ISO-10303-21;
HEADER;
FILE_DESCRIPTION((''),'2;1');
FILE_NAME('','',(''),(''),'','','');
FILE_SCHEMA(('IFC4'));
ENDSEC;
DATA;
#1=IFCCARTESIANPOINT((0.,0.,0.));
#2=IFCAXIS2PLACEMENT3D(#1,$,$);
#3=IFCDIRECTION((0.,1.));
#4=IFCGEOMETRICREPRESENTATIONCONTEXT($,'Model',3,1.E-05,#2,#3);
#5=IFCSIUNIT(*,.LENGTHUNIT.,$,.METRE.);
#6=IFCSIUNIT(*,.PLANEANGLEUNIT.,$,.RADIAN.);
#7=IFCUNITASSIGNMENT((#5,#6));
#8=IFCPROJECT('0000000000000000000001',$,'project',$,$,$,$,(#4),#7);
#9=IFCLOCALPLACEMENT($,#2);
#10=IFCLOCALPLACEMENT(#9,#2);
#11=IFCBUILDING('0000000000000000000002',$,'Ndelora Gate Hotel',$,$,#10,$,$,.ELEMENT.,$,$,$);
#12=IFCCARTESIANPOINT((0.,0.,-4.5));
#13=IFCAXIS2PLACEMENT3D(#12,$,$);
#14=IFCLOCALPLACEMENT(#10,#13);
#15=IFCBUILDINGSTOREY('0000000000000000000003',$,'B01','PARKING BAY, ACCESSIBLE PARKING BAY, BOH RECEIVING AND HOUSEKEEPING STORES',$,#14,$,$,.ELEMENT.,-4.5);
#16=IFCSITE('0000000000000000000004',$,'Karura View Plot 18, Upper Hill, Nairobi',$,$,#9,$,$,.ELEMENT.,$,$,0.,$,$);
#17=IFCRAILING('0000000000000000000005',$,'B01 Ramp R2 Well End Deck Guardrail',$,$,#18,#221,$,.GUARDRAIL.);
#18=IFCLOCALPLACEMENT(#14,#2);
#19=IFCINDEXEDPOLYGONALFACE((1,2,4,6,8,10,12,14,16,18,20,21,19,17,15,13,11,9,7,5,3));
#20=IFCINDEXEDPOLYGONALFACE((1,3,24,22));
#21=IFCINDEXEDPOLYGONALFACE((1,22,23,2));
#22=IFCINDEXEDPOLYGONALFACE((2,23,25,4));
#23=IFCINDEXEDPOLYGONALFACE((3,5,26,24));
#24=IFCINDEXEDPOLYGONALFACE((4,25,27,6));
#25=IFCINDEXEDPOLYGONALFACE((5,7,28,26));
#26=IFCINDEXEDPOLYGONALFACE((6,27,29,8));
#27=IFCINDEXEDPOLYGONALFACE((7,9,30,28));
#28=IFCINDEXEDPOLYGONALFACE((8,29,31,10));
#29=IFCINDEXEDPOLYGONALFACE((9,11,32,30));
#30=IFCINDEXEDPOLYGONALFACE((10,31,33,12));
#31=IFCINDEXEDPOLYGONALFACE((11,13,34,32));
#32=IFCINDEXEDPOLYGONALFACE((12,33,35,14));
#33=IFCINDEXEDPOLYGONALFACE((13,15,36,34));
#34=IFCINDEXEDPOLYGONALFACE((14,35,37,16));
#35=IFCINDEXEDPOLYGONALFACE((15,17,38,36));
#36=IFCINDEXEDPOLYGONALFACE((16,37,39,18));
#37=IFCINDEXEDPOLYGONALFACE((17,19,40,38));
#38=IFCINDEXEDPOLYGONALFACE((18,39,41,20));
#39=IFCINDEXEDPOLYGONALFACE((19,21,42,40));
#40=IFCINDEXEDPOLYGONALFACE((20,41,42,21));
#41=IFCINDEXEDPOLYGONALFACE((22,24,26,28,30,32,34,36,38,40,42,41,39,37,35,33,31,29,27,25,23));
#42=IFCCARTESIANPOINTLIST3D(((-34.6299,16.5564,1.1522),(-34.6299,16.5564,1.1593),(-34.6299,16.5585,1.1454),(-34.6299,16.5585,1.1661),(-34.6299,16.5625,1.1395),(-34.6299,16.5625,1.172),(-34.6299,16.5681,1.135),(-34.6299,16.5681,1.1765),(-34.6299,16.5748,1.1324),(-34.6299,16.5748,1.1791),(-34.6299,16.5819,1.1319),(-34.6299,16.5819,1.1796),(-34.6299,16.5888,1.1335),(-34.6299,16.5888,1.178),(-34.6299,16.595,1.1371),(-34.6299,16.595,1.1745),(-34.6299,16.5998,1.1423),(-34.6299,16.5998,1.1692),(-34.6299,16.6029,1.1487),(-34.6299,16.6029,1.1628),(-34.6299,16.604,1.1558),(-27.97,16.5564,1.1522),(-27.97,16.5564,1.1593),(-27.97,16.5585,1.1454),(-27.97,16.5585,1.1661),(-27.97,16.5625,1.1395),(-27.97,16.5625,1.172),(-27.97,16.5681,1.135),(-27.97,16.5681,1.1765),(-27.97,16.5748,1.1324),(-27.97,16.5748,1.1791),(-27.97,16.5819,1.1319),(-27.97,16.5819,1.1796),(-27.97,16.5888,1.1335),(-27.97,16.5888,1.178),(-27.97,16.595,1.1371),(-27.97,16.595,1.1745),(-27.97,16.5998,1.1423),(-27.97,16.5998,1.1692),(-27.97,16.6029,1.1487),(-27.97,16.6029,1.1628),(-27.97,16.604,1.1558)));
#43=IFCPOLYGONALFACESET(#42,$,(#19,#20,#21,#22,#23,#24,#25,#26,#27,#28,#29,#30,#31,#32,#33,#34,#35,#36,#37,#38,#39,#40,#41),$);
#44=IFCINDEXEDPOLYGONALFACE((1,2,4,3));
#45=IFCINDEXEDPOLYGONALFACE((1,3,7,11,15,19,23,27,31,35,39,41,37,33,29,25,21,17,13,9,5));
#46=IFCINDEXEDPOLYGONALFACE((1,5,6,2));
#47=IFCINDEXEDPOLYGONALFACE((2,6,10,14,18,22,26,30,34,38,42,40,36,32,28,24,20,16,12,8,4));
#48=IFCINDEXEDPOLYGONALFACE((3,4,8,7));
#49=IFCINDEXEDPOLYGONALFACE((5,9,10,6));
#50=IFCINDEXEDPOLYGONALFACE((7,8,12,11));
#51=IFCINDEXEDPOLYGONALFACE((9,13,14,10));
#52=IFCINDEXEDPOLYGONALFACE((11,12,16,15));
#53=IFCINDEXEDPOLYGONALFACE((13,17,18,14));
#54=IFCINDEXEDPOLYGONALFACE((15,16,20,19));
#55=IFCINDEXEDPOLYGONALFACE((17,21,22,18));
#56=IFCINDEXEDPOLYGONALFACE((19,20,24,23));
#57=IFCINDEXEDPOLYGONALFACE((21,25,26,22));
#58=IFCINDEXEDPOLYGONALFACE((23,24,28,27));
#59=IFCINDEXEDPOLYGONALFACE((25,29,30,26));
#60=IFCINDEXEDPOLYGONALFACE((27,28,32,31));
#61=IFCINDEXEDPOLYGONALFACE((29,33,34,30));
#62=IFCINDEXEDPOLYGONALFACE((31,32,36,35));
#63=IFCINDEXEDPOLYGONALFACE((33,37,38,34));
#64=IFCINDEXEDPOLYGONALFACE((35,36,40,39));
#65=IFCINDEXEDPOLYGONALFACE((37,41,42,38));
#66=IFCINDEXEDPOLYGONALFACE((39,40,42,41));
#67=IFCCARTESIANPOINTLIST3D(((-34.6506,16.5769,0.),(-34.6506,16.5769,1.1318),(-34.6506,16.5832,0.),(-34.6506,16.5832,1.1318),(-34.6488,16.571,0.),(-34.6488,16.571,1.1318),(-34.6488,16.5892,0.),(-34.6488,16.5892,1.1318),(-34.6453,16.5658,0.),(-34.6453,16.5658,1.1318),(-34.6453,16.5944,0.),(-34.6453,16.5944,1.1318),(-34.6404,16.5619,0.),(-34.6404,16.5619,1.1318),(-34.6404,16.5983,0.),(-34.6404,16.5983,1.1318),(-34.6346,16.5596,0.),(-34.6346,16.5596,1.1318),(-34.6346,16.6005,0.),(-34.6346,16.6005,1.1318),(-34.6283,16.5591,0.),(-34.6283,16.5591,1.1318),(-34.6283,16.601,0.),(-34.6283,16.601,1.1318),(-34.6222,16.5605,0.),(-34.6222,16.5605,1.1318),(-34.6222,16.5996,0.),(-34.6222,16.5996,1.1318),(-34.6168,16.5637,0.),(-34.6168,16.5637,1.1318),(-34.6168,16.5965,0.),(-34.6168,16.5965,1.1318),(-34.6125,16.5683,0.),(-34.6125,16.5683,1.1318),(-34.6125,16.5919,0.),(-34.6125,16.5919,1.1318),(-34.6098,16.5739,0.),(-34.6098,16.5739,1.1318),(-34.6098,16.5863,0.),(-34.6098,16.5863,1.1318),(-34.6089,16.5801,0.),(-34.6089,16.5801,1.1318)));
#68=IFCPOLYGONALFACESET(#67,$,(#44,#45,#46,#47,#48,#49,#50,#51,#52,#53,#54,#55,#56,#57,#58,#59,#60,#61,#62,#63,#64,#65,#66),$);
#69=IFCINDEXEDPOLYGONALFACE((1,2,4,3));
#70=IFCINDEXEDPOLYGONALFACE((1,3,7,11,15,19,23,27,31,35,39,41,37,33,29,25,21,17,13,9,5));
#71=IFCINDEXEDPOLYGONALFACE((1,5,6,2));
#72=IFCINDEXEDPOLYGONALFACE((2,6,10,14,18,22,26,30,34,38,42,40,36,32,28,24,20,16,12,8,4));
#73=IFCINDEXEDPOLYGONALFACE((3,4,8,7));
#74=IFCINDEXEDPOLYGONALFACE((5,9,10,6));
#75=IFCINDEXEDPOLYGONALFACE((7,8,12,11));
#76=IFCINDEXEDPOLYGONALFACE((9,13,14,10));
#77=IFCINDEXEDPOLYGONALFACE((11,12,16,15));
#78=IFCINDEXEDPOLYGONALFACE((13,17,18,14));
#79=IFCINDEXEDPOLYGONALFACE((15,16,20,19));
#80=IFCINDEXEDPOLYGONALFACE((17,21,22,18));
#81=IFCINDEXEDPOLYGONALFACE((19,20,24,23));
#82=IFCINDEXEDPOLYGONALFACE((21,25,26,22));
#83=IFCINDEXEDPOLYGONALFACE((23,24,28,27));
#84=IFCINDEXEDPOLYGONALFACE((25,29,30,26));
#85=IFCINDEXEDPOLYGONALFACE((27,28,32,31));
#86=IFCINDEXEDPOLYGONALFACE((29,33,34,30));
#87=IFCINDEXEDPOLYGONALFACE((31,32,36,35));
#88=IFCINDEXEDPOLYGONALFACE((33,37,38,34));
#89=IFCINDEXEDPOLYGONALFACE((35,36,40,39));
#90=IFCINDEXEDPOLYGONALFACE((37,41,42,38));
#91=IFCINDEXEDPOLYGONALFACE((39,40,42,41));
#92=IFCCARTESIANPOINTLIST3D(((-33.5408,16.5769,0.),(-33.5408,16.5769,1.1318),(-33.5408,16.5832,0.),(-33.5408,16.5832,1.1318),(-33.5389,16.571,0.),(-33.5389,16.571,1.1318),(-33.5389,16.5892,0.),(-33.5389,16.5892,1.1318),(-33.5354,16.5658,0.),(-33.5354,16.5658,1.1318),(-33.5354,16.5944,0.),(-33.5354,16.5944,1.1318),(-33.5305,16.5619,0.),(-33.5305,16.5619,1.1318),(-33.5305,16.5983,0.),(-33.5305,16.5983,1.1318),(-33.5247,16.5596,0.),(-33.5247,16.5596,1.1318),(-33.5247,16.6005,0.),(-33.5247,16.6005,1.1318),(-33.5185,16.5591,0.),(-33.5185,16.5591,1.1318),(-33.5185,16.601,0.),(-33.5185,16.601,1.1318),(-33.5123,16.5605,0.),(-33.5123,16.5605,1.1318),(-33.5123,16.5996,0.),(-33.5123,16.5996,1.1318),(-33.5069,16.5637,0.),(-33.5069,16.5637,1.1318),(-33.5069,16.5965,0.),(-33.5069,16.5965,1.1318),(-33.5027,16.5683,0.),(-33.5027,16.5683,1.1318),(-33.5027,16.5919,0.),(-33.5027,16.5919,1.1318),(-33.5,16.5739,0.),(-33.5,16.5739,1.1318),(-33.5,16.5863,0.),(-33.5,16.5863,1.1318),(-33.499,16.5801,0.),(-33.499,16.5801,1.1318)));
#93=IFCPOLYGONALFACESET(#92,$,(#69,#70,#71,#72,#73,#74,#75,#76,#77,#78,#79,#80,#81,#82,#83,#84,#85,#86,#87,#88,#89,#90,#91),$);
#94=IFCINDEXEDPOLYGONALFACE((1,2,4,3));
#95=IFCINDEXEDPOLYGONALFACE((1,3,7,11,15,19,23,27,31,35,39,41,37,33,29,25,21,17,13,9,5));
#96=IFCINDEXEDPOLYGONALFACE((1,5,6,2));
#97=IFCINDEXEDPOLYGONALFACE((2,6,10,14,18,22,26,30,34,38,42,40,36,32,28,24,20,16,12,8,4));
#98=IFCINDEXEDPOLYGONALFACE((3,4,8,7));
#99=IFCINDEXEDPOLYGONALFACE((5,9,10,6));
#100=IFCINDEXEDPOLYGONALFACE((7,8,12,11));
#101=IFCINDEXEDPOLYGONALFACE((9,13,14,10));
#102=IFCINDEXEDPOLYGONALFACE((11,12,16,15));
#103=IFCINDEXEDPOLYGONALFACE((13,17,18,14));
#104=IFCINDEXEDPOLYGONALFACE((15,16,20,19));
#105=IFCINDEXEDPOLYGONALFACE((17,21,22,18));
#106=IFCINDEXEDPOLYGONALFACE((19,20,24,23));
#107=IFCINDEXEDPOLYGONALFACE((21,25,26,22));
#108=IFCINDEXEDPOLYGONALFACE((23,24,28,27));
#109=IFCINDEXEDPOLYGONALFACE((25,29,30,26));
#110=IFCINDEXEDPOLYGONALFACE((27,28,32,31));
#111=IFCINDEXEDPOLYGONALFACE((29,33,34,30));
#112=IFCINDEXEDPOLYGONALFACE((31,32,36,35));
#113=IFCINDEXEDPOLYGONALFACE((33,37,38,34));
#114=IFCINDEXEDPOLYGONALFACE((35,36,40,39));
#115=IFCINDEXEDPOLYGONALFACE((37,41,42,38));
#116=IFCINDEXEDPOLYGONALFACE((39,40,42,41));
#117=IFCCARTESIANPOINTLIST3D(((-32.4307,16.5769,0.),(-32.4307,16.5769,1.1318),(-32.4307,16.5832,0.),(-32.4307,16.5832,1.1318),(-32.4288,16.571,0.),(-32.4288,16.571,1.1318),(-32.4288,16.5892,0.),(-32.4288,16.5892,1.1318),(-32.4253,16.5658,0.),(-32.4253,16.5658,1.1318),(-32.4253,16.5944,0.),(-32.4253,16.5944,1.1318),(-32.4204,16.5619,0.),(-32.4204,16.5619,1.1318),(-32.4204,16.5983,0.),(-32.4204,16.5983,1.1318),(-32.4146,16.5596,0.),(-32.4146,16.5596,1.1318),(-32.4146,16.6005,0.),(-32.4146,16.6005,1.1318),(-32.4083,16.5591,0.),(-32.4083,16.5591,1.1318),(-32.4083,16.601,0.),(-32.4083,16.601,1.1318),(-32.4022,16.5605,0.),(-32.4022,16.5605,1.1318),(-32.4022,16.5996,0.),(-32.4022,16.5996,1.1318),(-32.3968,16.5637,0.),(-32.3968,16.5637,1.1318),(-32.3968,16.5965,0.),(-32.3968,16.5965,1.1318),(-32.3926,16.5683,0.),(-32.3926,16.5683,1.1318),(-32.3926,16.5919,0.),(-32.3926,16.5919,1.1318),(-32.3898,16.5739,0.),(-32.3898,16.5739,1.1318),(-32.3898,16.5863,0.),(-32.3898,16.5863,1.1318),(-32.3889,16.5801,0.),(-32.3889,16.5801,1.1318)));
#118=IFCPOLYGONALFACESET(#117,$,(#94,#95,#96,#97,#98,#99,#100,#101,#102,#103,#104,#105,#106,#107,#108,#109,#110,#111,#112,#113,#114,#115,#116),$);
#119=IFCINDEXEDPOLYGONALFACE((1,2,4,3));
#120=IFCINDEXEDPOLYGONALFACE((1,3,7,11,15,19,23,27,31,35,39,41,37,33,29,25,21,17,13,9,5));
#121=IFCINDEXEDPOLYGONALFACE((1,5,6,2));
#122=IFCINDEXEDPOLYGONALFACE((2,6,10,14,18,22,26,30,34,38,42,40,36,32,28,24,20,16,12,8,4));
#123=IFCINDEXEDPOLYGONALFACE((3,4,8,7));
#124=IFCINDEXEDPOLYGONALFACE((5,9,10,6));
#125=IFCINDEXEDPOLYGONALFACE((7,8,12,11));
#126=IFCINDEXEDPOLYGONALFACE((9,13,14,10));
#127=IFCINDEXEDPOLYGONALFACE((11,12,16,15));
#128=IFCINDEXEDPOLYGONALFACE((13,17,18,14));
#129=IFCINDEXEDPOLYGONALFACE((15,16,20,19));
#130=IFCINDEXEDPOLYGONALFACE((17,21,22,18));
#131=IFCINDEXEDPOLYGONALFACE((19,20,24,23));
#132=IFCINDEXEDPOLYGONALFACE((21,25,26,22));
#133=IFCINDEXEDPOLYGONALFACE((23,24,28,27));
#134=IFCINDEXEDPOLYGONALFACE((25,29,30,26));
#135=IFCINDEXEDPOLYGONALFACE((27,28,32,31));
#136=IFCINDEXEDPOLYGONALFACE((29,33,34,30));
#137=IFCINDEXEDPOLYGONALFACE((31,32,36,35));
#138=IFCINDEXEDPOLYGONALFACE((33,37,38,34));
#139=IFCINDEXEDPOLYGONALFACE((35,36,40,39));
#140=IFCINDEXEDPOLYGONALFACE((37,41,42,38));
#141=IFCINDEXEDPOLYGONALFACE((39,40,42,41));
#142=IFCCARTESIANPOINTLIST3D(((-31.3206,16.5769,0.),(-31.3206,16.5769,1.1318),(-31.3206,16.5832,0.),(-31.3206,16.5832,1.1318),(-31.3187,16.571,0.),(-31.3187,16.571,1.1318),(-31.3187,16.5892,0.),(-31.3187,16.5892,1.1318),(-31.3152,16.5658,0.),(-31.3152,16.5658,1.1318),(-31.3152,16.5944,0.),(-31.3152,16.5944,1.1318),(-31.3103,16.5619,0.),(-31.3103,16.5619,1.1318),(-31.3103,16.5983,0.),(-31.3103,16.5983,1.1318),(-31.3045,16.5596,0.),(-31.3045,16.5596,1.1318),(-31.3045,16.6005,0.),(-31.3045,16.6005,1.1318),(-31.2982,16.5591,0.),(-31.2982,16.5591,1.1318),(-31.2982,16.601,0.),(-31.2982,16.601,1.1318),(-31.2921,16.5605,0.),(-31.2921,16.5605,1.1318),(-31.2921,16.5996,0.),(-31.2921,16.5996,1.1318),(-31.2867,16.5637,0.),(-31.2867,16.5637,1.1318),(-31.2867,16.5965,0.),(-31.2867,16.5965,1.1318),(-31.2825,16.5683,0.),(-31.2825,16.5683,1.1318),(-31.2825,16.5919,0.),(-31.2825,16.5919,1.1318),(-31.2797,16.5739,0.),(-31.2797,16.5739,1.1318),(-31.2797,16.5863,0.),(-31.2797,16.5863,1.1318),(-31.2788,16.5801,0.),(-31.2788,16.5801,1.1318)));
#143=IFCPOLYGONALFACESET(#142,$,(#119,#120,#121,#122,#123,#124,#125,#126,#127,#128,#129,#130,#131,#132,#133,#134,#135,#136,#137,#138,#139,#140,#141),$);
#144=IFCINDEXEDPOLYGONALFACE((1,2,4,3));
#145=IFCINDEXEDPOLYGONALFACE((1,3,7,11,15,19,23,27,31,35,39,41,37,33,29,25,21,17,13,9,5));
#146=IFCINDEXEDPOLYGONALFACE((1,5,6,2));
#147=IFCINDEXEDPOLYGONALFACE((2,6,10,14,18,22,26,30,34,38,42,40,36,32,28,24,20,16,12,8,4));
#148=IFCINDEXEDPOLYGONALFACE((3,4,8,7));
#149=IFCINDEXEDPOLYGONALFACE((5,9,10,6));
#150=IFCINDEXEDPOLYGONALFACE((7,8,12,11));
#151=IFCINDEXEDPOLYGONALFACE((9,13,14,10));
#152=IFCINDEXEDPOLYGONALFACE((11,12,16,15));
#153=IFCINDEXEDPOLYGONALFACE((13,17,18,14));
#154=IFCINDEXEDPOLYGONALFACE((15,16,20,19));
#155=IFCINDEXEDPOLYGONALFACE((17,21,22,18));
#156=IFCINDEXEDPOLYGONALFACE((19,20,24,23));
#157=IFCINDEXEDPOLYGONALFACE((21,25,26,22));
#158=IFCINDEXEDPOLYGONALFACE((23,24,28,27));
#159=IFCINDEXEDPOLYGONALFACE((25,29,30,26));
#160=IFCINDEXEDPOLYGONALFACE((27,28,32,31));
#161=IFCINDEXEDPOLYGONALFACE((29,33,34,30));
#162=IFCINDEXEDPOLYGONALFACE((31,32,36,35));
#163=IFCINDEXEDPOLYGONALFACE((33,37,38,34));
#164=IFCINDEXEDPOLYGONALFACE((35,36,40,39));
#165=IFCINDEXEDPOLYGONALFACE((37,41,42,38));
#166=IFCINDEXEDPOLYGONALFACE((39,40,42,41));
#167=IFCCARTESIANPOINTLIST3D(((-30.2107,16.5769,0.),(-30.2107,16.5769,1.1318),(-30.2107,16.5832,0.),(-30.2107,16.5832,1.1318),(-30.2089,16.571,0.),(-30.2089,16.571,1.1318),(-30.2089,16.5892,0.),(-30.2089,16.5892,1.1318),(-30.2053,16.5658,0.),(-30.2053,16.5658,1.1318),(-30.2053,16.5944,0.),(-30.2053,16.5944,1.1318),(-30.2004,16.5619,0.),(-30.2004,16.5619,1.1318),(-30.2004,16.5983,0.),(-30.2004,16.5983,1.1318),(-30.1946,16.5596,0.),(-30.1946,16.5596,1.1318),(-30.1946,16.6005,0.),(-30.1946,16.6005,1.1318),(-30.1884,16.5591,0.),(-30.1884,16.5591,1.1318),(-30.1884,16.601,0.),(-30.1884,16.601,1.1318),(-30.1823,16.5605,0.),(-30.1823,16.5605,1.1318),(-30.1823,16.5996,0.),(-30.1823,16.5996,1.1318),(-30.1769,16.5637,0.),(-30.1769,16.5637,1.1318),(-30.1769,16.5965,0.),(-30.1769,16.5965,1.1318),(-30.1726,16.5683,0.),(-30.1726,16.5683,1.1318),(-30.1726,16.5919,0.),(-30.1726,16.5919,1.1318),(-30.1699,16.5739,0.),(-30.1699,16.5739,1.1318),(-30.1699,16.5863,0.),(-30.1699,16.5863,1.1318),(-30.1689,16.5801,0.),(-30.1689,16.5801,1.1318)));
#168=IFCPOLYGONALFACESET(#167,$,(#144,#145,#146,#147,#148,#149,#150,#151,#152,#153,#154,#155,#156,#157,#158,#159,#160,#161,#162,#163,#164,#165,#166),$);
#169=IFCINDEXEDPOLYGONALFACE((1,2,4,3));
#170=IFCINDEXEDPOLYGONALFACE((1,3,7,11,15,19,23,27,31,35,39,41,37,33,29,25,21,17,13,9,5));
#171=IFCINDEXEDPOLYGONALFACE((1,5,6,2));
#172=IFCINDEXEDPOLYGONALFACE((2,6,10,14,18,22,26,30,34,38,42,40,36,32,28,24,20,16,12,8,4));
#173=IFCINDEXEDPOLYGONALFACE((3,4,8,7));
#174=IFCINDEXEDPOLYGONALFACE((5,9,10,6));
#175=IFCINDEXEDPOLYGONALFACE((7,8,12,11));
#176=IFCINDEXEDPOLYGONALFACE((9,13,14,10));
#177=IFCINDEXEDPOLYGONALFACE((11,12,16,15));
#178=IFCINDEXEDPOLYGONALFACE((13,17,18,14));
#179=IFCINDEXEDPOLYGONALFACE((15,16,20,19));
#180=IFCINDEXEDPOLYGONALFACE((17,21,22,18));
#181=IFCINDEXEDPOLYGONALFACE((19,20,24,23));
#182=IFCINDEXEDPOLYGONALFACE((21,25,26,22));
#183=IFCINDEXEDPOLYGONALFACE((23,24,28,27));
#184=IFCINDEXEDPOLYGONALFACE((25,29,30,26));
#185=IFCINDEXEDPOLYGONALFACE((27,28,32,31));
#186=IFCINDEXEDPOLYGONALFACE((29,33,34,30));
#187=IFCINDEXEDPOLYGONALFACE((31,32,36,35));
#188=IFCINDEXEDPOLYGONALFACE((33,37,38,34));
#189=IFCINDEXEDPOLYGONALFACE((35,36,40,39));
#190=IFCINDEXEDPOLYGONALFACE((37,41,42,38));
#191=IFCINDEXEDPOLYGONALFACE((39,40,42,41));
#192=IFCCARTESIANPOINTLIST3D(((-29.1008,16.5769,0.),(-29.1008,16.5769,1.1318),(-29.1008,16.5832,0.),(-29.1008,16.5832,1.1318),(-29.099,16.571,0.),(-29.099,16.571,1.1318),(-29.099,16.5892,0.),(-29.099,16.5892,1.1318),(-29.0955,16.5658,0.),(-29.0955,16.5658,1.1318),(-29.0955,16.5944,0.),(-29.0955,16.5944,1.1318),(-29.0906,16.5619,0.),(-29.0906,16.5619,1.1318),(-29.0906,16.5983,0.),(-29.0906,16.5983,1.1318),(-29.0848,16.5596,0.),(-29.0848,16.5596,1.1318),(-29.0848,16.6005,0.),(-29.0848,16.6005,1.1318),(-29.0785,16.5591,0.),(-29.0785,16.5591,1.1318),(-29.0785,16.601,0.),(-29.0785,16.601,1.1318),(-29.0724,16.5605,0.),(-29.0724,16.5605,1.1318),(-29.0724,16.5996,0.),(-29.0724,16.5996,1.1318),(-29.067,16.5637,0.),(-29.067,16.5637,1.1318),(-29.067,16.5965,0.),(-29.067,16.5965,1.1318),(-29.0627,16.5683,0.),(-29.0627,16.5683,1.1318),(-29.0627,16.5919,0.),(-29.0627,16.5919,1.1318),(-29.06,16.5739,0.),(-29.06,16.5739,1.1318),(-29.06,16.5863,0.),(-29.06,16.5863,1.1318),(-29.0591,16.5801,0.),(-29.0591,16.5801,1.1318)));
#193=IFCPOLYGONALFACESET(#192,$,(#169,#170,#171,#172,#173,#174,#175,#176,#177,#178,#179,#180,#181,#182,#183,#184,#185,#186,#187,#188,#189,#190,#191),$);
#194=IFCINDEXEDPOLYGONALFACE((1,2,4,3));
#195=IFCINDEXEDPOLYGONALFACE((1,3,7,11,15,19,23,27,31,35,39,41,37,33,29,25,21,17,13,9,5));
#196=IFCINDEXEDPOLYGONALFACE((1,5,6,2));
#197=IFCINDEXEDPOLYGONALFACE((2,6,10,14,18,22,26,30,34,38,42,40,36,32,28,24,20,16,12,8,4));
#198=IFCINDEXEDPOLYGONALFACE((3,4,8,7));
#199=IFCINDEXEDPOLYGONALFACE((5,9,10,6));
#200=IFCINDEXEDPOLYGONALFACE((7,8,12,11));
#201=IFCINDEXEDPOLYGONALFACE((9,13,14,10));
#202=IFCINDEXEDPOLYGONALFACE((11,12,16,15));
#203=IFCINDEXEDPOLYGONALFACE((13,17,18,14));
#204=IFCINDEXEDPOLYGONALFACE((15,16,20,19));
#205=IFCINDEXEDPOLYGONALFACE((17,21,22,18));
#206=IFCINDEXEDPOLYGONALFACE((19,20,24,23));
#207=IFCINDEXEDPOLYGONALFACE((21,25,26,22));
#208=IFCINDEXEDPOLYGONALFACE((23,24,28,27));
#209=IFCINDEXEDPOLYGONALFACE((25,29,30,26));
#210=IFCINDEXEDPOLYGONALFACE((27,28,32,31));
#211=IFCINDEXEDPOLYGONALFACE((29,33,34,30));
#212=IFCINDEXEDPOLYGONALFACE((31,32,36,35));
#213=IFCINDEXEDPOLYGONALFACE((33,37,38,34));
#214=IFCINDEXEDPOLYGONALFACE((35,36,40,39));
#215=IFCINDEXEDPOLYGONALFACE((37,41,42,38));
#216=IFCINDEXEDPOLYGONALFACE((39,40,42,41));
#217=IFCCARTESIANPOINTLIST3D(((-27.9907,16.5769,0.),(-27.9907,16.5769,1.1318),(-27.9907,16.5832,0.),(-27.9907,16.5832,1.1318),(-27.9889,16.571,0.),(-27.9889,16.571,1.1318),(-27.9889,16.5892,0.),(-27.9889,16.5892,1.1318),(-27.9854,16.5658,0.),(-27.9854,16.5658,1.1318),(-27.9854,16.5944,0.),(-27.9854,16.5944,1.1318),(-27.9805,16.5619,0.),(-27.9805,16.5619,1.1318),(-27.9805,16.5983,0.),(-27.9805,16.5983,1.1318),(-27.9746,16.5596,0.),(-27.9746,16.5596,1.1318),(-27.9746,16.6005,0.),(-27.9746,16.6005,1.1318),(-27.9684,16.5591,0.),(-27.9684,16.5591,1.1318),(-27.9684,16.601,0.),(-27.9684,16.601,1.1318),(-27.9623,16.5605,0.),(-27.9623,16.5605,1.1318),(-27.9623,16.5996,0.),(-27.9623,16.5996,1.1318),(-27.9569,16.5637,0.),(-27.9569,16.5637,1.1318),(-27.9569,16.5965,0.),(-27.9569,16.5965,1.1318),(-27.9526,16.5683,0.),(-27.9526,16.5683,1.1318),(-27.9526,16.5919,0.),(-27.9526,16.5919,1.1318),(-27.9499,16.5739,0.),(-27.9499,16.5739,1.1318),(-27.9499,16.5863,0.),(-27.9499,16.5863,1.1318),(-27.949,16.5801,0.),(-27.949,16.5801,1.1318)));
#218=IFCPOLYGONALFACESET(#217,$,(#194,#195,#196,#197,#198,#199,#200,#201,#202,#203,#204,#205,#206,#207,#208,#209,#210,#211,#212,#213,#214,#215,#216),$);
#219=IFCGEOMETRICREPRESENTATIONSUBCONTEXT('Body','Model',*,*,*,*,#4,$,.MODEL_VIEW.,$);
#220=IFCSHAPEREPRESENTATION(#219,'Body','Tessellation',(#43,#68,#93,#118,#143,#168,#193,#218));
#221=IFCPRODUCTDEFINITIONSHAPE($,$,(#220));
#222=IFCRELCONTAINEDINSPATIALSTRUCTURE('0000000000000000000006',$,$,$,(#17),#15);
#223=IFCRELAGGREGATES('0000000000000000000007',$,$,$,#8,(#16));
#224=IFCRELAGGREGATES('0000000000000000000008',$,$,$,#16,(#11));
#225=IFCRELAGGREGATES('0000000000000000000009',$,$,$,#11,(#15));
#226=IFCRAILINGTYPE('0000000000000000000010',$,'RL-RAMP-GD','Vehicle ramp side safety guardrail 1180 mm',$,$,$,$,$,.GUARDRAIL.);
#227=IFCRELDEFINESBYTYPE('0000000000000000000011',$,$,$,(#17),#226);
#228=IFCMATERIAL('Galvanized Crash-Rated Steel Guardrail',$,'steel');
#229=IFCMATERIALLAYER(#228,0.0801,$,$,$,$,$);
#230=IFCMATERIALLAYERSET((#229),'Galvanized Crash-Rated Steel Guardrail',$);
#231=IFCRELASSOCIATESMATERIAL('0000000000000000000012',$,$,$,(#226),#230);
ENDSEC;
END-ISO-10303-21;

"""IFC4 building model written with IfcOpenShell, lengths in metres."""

from ifc_helpers import new_model, si_unit, direction, frame, origin, origin_2d, place, context, subcontext, project, spatial, circle, extrude, material, layer, layer_set, type_object, element, save


model = new_model("IFC4")

# Units and contexts
model_context = context("Model", 3, precision=1e-05, world=origin(), true_north=direction((0.0, 1.0)))
body_context = subcontext(model_context, "Body", "Model", "MODEL_VIEW")
ifc_project = project(units=[si_unit("LENGTHUNIT", "METRE"), si_unit("PLANEANGLEUNIT", "RADIAN")], contexts=[model_context])

# Site, building, storey
site_placement = place(None, origin())
site = spatial("IfcSite", under=ifc_project, at=site_placement, Name="Karura View Plot 18, Upper Hill, Nairobi", CompositionType="ELEMENT", RefElevation=0.0)
building_placement = place(site_placement, origin())
building = spatial("IfcBuilding", under=site, at=building_placement, Name="Ndelora Gate Hotel", CompositionType="ELEMENT")
storey_placement = place(building_placement, frame((0.0, 0.0, -4.5)))
storey = spatial("IfcBuildingStorey", under=building, at=storey_placement, Name="B01", Description="PARKING BAY, ACCESSIBLE PARKING BAY, BOH RECEIVING AND HOUSEKEEPING STORES", CompositionType="ELEMENT", Elevation=-4.5)

# Railing
ifc_material_1 = material(Name="Galvanized Crash-Rated Steel Guardrail", Category="steel")
ifc_layer_1 = layer(ifc_material_1, 0.0801)
ifc_layer_set_1 = layer_set([ifc_layer_1], Name="Galvanized Crash-Rated Steel Guardrail")
railing_type_1 = type_object("IfcRailingType", Name="RL-RAMP-GD", Description="Vehicle ramp side safety guardrail 1180 mm", PredefinedType="GUARDRAIL", material=ifc_layer_set_1)
railing_1_placement = place(storey_placement, frame((-34.6299, 16.5801, 0.0)))
element("IfcRailing", 1, at=railing_1_placement, inside=storey, type_object=railing_type_1, Name="B01 Ramp R2 Well End Deck Guardrail", PredefinedType="GUARDRAIL", context=body_context, shape_type="SweptSolid", body=[
    extrude(circle(Radius=0.0239, at=origin_2d()), frame((0.0, 0.0, 1.1558), z_axis=(1.0, 0.0, 0.0), x_axis=(0.0, 1.0, 0.0)), (0.0, 0.0, 1.0), 6.6599),
    extrude(circle(Radius=0.021, at=origin_2d()), origin(), (0.0, 0.0, 1.0), 1.1318),
    extrude(circle(Radius=0.021, at=origin_2d()), frame((1.1099, 0.0, 0.0)), (0.0, 0.0, 1.0), 1.1318),
    extrude(circle(Radius=0.021, at=origin_2d()), frame((2.22, 0.0, 0.0)), (0.0, 0.0, 1.0), 1.1318),
    extrude(circle(Radius=0.021, at=origin_2d()), frame((3.3301, 0.0, 0.0)), (0.0, 0.0, 1.0), 1.1318),
    extrude(circle(Radius=0.021, at=origin_2d()), frame((4.4399, 0.0, 0.0)), (0.0, 0.0, 1.0), 1.1318),
    extrude(circle(Radius=0.021, at=origin_2d()), frame((5.5498, 0.0, 0.0)), (0.0, 0.0, 1.0), 1.1318),
    extrude(circle(Radius=0.021, at=origin_2d()), frame((6.6599, 0.0, 0.0)), (0.0, 0.0, 1.0), 1.1318),
])

save(model, "model.ifc")
